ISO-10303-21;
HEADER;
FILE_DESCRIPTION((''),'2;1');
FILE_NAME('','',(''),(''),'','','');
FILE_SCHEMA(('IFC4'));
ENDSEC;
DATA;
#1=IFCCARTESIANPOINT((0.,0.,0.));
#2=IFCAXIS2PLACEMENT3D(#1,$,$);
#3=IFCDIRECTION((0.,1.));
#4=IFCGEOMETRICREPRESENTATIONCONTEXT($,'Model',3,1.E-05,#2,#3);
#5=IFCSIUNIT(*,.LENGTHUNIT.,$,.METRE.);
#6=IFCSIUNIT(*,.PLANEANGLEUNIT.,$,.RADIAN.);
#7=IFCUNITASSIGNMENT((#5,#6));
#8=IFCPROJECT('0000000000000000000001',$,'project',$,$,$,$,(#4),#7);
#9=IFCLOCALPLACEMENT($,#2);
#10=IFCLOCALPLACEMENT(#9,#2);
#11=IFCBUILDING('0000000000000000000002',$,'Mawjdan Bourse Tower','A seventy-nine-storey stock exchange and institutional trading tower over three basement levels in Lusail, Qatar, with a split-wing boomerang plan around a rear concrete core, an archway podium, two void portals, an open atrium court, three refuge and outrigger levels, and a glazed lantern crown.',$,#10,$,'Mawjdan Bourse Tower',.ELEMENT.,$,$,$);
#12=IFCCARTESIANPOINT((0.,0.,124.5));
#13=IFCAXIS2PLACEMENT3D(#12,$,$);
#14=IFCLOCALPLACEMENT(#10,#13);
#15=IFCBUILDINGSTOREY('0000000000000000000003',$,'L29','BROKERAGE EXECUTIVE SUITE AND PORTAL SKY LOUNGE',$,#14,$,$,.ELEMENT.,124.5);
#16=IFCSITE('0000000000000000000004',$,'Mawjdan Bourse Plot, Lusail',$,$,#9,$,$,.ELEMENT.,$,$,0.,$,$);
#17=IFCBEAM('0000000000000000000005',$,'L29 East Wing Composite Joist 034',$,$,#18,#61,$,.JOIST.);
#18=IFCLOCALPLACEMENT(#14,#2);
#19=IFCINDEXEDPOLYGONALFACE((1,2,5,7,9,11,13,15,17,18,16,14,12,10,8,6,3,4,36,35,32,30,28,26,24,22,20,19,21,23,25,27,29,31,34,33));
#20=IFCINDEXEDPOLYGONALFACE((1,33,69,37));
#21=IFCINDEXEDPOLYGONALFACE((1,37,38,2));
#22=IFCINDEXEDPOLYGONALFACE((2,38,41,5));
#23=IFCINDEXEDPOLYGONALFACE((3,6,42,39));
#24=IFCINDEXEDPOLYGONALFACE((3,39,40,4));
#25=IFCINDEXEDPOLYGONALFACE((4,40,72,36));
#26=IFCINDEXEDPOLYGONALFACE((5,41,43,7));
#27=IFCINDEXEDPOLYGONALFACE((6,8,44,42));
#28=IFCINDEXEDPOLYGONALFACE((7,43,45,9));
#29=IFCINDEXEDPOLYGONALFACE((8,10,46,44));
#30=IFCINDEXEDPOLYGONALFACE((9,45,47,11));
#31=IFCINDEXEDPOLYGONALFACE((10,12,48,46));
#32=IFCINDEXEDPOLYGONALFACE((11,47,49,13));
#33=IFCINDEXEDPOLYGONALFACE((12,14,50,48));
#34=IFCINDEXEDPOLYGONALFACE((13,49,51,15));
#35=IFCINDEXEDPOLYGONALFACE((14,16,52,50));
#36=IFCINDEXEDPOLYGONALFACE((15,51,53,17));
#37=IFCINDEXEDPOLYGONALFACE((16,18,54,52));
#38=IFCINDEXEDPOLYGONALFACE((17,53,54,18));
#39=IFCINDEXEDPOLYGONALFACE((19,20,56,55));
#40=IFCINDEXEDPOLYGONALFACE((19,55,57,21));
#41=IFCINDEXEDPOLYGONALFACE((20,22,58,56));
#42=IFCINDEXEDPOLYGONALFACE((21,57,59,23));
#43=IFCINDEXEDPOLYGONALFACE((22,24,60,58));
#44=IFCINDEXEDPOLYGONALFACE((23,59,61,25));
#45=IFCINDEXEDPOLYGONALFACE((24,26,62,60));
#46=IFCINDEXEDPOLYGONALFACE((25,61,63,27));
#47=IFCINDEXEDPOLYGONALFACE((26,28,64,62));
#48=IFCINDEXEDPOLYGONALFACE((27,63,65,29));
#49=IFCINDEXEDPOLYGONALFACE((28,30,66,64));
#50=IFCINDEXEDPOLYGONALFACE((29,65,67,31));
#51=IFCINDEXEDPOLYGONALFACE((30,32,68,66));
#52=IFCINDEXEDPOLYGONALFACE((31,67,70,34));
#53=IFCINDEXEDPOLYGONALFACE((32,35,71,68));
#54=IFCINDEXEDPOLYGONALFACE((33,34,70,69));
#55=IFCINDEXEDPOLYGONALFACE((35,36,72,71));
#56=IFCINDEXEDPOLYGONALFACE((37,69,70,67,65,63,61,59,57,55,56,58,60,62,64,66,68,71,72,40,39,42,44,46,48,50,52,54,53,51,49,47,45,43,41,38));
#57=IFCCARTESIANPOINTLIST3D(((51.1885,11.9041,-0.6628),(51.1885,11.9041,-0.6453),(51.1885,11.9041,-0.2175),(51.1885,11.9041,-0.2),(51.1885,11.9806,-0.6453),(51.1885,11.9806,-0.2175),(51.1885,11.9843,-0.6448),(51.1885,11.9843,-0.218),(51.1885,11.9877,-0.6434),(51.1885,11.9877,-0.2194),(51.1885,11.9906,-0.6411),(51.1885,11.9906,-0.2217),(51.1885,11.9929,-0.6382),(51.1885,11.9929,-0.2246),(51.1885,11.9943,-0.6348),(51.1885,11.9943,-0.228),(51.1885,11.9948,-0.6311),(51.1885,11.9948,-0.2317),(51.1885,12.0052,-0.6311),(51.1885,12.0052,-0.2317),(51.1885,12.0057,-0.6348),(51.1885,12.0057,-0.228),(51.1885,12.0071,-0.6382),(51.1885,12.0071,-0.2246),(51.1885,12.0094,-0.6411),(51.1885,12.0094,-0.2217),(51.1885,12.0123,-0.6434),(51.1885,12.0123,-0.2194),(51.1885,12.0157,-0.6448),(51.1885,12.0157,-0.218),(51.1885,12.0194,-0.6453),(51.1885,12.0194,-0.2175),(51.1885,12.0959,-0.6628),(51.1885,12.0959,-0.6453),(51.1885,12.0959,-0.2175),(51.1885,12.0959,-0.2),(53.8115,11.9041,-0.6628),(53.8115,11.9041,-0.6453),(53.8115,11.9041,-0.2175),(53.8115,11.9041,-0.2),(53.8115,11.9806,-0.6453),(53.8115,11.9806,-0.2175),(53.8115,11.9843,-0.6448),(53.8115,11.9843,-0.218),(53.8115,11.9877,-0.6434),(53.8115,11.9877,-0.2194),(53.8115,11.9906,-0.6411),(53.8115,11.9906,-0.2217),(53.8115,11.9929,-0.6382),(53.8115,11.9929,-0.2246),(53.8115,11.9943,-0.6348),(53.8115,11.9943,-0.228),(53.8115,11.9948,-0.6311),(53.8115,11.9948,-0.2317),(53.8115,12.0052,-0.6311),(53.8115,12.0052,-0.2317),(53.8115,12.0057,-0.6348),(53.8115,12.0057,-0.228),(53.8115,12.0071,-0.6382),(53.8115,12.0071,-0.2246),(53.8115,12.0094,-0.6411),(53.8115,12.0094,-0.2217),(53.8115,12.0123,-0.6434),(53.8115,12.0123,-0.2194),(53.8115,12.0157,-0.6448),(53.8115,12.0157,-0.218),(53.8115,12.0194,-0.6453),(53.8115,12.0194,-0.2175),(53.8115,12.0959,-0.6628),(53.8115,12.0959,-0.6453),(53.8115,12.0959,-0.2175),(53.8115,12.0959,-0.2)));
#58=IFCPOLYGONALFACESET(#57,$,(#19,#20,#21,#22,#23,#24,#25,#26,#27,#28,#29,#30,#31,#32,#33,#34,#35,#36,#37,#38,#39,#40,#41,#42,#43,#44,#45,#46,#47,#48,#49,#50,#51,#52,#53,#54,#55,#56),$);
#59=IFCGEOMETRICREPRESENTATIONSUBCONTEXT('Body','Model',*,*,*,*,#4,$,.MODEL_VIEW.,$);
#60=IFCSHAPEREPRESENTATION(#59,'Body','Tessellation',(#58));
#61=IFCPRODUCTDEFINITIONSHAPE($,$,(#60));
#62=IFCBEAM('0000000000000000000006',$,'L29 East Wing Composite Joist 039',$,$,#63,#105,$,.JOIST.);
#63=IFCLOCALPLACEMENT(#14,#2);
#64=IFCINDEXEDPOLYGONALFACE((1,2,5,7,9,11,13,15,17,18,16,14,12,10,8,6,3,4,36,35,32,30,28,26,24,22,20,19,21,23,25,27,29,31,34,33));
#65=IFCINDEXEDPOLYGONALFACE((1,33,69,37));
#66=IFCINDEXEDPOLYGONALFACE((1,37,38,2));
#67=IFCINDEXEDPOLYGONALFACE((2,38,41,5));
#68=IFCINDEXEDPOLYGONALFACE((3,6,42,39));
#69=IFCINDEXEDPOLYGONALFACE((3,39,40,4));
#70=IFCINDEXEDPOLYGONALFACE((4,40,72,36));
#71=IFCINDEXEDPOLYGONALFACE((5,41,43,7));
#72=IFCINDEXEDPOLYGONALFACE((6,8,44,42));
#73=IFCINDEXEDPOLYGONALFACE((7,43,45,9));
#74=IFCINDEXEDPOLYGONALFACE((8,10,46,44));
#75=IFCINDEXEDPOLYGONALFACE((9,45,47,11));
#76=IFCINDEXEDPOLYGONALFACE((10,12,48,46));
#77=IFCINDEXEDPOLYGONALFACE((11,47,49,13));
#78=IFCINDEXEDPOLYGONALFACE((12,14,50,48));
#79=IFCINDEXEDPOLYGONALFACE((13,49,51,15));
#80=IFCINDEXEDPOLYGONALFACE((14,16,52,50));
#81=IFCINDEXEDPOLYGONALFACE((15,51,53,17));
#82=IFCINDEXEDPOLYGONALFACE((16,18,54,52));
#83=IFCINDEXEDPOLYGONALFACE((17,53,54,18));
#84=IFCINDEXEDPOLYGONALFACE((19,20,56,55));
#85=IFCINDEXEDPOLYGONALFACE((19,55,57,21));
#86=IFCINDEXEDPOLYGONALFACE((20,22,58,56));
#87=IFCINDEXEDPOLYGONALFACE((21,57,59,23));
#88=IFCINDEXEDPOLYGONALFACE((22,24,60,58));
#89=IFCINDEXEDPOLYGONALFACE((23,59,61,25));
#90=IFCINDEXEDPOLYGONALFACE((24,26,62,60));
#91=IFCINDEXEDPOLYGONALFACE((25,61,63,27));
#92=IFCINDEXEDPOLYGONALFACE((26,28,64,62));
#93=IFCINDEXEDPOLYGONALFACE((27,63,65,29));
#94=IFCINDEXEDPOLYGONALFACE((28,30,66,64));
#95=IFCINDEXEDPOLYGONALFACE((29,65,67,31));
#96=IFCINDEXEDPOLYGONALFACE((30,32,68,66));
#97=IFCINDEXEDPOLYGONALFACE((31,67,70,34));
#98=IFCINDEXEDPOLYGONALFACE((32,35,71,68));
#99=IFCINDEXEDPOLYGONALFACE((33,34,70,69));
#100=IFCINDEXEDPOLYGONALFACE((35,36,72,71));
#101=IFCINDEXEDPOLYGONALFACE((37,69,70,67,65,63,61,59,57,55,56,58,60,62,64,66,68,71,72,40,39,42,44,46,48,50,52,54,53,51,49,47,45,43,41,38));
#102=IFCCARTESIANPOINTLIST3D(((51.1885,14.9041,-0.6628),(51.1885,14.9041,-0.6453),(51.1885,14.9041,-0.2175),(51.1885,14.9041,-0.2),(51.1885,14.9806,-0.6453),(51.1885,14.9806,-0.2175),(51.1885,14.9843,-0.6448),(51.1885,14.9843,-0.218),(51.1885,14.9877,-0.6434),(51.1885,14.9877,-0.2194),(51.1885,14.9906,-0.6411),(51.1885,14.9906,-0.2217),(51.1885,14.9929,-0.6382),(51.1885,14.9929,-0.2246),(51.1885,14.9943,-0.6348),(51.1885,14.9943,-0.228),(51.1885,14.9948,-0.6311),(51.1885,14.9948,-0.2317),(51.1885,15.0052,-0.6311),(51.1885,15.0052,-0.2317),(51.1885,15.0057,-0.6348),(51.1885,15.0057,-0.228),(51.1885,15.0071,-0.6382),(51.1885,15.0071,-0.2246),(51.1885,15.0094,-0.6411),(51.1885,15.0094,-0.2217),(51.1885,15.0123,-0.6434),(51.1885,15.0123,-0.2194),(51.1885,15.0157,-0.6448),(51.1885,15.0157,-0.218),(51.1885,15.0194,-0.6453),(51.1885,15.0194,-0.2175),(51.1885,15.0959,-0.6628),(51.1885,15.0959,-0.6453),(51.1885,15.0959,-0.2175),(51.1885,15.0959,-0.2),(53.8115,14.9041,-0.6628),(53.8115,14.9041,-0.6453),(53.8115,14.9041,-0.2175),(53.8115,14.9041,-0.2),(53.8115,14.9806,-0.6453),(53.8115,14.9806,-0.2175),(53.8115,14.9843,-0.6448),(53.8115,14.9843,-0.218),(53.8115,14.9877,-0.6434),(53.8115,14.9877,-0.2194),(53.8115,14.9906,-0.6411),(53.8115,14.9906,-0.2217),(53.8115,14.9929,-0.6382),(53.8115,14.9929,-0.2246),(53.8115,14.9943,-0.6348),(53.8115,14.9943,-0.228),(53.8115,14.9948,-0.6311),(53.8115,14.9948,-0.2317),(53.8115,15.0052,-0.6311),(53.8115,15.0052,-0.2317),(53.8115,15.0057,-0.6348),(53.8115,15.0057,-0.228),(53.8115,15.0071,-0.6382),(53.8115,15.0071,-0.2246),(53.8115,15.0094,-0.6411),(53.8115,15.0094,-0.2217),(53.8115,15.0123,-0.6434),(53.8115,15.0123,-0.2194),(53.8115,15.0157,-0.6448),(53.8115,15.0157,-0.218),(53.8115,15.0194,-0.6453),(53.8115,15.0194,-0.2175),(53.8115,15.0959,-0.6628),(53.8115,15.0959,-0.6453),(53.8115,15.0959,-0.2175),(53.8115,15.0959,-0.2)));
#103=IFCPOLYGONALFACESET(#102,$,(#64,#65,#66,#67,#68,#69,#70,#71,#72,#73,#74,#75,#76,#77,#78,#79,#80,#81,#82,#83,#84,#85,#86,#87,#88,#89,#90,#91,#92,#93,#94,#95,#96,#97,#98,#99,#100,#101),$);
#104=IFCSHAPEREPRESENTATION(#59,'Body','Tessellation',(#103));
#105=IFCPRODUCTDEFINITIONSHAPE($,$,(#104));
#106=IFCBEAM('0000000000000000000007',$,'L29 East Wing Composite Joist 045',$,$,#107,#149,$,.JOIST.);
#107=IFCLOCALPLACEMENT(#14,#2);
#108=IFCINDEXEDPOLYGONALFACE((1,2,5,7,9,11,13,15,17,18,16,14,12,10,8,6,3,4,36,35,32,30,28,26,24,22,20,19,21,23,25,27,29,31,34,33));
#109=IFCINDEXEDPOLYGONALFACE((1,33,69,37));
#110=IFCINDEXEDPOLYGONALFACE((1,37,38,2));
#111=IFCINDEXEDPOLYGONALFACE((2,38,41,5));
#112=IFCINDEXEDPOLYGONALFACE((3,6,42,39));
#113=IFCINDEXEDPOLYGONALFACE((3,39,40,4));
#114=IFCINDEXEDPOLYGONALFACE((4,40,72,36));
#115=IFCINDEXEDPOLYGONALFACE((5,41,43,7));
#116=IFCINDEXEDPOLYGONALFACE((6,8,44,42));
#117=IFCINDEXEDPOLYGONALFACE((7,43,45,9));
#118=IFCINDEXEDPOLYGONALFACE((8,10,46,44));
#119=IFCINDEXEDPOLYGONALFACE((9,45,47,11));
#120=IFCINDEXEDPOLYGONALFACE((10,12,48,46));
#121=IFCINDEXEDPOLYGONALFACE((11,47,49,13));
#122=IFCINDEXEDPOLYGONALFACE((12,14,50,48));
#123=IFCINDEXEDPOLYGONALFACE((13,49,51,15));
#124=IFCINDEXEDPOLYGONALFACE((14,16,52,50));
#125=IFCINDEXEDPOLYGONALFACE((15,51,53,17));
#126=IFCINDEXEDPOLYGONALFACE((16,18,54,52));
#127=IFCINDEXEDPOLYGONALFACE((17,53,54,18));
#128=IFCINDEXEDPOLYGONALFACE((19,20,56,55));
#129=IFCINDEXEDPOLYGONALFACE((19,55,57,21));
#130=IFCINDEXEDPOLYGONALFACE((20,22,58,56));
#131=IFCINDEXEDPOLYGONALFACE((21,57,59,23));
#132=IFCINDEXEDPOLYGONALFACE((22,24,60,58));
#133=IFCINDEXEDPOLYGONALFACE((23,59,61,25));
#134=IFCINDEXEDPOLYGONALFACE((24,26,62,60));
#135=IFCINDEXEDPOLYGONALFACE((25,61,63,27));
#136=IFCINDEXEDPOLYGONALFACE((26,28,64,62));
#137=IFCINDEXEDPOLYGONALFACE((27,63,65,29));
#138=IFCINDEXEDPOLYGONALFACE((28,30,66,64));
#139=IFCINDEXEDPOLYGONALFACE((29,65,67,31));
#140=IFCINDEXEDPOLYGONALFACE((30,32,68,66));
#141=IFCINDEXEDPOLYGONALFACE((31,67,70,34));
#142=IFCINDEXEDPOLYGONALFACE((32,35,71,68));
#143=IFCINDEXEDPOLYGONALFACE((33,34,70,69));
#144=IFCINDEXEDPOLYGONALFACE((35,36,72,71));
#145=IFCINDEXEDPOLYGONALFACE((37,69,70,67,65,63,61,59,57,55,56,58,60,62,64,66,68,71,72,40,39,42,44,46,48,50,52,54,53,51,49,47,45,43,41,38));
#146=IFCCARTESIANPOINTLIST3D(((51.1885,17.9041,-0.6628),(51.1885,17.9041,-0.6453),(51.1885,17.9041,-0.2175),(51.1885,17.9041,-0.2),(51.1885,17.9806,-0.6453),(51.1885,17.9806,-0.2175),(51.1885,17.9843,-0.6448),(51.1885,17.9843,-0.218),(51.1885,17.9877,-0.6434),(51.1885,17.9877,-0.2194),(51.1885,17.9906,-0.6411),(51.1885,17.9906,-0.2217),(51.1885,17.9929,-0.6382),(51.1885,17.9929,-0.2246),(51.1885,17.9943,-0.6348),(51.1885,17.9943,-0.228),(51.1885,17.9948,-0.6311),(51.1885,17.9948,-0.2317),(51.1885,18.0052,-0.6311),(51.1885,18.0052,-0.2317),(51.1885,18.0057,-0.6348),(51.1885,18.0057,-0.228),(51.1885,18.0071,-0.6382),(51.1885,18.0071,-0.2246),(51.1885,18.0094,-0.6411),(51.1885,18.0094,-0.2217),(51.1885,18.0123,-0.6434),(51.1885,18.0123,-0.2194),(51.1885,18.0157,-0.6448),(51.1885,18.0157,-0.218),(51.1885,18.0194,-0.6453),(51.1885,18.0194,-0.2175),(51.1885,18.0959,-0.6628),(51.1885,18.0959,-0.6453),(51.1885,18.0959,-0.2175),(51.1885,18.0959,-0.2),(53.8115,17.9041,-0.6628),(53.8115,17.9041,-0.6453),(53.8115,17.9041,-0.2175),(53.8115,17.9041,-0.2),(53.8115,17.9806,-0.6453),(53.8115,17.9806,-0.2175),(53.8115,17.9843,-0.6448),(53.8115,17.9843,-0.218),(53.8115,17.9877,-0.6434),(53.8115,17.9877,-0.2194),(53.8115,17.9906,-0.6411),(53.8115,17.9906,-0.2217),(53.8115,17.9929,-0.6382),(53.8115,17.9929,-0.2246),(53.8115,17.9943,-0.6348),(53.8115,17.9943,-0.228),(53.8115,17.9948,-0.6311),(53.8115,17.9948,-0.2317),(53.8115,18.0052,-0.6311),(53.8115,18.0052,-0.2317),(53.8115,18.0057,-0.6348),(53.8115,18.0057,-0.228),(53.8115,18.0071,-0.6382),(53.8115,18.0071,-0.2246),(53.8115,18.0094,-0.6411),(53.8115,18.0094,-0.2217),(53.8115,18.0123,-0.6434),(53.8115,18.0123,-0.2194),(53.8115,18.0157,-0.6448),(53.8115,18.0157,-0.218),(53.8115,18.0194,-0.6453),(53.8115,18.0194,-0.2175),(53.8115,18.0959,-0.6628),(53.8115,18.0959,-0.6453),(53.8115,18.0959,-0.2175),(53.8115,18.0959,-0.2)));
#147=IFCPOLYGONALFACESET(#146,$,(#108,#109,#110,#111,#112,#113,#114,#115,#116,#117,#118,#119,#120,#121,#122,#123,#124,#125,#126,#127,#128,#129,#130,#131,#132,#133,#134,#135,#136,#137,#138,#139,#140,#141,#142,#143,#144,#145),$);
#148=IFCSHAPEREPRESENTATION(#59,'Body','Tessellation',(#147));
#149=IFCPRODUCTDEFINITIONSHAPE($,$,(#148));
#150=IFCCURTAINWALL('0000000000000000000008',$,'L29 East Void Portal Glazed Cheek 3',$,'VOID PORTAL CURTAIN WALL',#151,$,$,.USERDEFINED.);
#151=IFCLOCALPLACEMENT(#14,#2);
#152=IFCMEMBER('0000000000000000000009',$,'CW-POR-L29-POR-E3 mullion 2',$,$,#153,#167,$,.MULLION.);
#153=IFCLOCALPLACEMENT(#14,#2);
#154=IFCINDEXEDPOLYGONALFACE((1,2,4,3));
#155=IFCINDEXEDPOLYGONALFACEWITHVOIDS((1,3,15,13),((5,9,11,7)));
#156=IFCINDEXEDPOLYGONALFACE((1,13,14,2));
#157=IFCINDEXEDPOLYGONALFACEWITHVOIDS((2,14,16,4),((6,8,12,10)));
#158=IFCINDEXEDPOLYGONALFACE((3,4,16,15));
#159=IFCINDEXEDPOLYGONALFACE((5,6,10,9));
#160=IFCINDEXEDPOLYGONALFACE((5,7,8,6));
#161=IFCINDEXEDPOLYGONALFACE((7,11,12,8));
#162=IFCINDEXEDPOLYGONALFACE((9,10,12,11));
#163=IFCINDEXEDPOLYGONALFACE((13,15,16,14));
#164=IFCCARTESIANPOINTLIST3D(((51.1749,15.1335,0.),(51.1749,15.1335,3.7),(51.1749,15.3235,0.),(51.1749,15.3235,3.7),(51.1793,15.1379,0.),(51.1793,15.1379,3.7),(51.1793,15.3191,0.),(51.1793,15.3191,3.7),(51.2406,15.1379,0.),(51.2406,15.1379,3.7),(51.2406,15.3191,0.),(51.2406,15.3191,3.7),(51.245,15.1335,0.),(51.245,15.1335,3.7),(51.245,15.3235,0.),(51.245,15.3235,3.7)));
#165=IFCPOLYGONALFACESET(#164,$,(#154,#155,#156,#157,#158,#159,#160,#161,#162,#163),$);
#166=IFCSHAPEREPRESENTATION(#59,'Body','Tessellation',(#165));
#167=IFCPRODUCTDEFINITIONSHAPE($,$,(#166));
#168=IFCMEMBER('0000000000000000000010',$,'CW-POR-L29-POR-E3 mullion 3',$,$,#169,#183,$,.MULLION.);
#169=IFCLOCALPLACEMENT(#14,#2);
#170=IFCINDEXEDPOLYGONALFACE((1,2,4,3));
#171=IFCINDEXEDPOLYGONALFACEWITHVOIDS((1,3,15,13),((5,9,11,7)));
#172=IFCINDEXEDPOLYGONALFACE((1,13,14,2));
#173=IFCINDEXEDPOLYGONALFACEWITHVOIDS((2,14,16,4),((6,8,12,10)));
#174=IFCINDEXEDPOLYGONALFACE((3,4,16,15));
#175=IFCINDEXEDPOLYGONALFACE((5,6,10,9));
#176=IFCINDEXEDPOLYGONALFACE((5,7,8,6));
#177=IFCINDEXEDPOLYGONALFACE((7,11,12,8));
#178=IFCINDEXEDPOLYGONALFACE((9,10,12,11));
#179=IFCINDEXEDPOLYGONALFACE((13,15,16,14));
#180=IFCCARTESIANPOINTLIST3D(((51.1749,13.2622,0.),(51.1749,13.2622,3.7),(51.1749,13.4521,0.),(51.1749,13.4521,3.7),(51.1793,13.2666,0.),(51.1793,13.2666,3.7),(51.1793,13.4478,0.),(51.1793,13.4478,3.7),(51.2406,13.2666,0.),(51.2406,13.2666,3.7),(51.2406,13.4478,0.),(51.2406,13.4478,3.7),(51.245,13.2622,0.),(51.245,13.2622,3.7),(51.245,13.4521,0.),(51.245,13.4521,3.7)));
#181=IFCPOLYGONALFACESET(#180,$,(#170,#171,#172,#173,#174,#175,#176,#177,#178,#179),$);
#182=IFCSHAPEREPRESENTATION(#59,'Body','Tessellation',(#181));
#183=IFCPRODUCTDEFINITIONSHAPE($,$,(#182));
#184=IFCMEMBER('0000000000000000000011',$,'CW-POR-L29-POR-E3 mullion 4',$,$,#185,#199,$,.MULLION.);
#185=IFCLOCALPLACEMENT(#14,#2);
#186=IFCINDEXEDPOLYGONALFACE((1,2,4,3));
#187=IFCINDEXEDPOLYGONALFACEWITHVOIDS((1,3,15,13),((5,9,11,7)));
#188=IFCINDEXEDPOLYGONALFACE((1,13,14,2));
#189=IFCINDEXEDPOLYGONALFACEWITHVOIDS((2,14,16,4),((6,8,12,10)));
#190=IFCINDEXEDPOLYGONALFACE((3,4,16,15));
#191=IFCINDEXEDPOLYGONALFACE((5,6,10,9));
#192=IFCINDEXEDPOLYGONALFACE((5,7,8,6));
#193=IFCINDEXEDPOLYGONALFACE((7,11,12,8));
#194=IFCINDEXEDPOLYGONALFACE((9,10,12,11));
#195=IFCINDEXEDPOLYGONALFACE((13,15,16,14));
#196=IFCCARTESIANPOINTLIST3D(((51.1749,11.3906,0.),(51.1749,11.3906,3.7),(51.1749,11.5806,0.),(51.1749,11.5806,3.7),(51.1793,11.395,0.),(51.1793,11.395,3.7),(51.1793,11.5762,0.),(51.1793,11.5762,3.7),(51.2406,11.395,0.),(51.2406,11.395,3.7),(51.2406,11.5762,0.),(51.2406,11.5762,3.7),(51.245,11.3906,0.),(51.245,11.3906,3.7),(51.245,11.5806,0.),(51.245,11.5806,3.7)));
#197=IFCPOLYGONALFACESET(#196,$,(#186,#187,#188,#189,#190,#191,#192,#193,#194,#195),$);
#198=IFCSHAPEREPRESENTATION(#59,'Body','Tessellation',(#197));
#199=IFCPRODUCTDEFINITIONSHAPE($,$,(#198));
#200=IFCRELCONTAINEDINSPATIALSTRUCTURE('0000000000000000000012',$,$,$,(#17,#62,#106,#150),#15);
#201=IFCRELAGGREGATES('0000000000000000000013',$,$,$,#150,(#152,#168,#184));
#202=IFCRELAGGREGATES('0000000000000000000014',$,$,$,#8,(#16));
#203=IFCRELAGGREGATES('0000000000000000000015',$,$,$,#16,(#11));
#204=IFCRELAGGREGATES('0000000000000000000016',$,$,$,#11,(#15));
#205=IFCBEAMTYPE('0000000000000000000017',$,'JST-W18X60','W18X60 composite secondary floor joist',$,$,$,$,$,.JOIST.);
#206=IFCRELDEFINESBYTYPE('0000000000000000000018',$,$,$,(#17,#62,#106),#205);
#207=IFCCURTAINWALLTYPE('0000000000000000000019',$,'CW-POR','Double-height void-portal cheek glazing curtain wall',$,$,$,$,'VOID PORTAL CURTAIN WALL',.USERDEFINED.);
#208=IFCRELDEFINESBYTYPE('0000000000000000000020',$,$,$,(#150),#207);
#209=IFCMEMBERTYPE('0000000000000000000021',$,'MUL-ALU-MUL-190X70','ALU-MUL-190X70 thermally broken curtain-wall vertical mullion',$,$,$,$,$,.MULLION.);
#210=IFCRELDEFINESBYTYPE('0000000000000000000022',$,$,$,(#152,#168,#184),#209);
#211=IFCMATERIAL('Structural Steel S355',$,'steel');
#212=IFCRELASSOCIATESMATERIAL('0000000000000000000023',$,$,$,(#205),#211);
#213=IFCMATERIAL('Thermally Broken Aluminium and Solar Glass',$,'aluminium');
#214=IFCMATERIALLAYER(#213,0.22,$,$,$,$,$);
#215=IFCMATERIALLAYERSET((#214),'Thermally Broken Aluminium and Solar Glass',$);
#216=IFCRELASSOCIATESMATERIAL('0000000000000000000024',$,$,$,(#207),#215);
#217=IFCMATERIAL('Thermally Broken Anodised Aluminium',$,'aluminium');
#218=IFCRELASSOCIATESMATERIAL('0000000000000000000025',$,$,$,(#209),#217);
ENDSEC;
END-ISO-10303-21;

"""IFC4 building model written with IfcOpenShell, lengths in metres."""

from ifc_helpers import new_model, si_unit, direction, frame, origin, origin_2d, place, context, subcontext, project, spatial, hollow_rectangle, i_section, extrude, material, layer, layer_set, material_profile, profile_set, type_object, element, aggregate, save


model = new_model("IFC4")

# Units and contexts
model_context = context("Model", 3, precision=1e-05, world=origin(), true_north=direction((0.0, 1.0)))
body_context = subcontext(model_context, "Body", "Model", "MODEL_VIEW")
ifc_project = project(units=[si_unit("LENGTHUNIT", "METRE"), si_unit("PLANEANGLEUNIT", "RADIAN")], contexts=[model_context])

# Site, building, storey
site_placement = place(None, origin())
site = spatial("IfcSite", under=ifc_project, at=site_placement, Name="Mawjdan Bourse Plot, Lusail", CompositionType="ELEMENT", RefElevation=0.0)
building_placement = place(site_placement, origin())
building = spatial("IfcBuilding", under=site, at=building_placement, Name="Mawjdan Bourse Tower", Description="A seventy-nine-storey stock exchange and institutional trading tower over three basement levels in Lusail, Qatar, with a split-wing boomerang plan around a rear concrete core, an archway podium, two void portals, an open atrium court, three refuge and outrigger levels, and a glazed lantern crown.", LongName="Mawjdan Bourse Tower", CompositionType="ELEMENT")
storey_placement = place(building_placement, frame((0.0, 0.0, 124.5)))
storey = spatial("IfcBuildingStorey", under=building, at=storey_placement, Name="L29", Description="BROKERAGE EXECUTIVE SUITE AND PORTAL SKY LOUNGE", CompositionType="ELEMENT", Elevation=124.5)

# Beams
ifc_material_1 = material(Name="Structural Steel S355", Category="steel")
ifc_material_profile_1 = material_profile(ifc_material_1, i_section(OverallWidth=0.1919, OverallDepth=0.4629, WebThickness=0.0105, FlangeThickness=0.0176, FilletRadius=0.0142, at=origin_2d()), Name="W18X60")
ifc_profile_set_1 = profile_set([ifc_material_profile_1], Name="Structural Steel S355")
beam_type_1 = type_object("IfcBeamType", Name="JST-W18X60", Description="W18X60 composite secondary floor joist", PredefinedType="JOIST", material=ifc_profile_set_1)
for number, where, z_axis, x_axis, name in (
    (1, (51.1885, 12.0, -0.4314), (1.0, 0.0, 0.0), (0.0, 1.0, 0.0), "L29 East Wing Composite Joist 034"),
    (2, (51.1885, 15.0, -0.4314), (1.0, 0.0, 0.0), (0.0, 1.0, 0.0), "L29 East Wing Composite Joist 039"),
    (3, (51.1885, 18.0, -0.4314), (1.0, 0.0, 0.0), (0.0, 1.0, 0.0), "L29 East Wing Composite Joist 045"),
):
    element("IfcBeam", number, at=place(storey_placement, frame(where, z_axis=z_axis, x_axis=x_axis)), inside=storey, type_object=beam_type_1, Name=name, PredefinedType="JOIST", context=body_context, shape_type="SweptSolid", body=[
        extrude(i_section(OverallWidth=0.1919, OverallDepth=0.4629, WebThickness=0.0105, FlangeThickness=0.0176, FilletRadius=0.0142, at=origin_2d()), origin(), (0.0, 0.0, 1.0), 2.623),
    ])

# Curtain wall, members
ifc_material_2 = material(Name="Thermally Broken Aluminium and Solar Glass", Category="aluminium")
ifc_layer_1 = layer(ifc_material_2, 0.22)
ifc_layer_set_1 = layer_set([ifc_layer_1], Name="Thermally Broken Aluminium and Solar Glass")
curtain_wall_type = type_object("IfcCurtainWallType", Name="CW-POR", Description="Double-height void-portal cheek glazing curtain wall", ElementType="VOID PORTAL CURTAIN WALL", PredefinedType="USERDEFINED", material=ifc_layer_set_1)
curtain_wall_placement = place(storey_placement, origin())
curtain_wall = element("IfcCurtainWall", 4, at=curtain_wall_placement, inside=storey, type_object=curtain_wall_type, Name="L29 East Void Portal Glazed Cheek 3", ObjectType="VOID PORTAL CURTAIN WALL", PredefinedType="USERDEFINED")
ifc_material_3 = material(Name="Thermally Broken Anodised Aluminium", Category="aluminium")
ifc_material_profile_2 = material_profile(ifc_material_3, hollow_rectangle(XDim=0.0701, YDim=0.1899, WallThickness=0.0044, at=origin_2d()), Name="ALU-MUL-190X70")
ifc_profile_set_2 = profile_set([ifc_material_profile_2], Name="Thermally Broken Anodised Aluminium")
member_type_1 = type_object("IfcMemberType", Name="MUL-ALU-MUL-190X70", Description="ALU-MUL-190X70 thermally broken curtain-wall vertical mullion", PredefinedType="MULLION", material=ifc_profile_set_2)
member_1_placement = place(storey_placement, frame((51.21, 15.2285, 0.0), z_axis=(0.0, 0.0, 1.0), x_axis=(1.0, 0.0, 0.0)))
member_1 = element("IfcMember", 5, at=member_1_placement, type_object=member_type_1, Name="CW-POR-L29-POR-E3 mullion 2", PredefinedType="MULLION", context=body_context, shape_type="SweptSolid", body=[
    extrude(hollow_rectangle(XDim=0.0701, YDim=0.1899, WallThickness=0.0044, at=origin_2d()), origin(), (0.0, 0.0, 1.0), 3.7),
])
member_2_placement = place(storey_placement, frame((51.21, 13.3572, 0.0), z_axis=(0.0, 0.0, 1.0), x_axis=(1.0, 0.0, 0.0)))
member_2 = element("IfcMember", 6, at=member_2_placement, type_object=member_type_1, Name="CW-POR-L29-POR-E3 mullion 3", PredefinedType="MULLION", context=body_context, shape_type="SweptSolid", body=[
    extrude(hollow_rectangle(XDim=0.0701, YDim=0.1899, WallThickness=0.0044, at=origin_2d()), origin(), (0.0, 0.0, 1.0), 3.7),
])
member_3_placement = place(storey_placement, frame((51.21, 11.4856, 0.0), z_axis=(0.0, 0.0, 1.0), x_axis=(1.0, 0.0, 0.0)))
member_3 = element("IfcMember", 7, at=member_3_placement, type_object=member_type_1, Name="CW-POR-L29-POR-E3 mullion 4", PredefinedType="MULLION", context=body_context, shape_type="SweptSolid", body=[
    extrude(hollow_rectangle(XDim=0.0701, YDim=0.1899, WallThickness=0.0044, at=origin_2d()), origin(), (0.0, 0.0, 1.0), 3.7),
])

aggregate(curtain_wall, [member_1, member_2, member_3])

save(model, "model.ifc")
